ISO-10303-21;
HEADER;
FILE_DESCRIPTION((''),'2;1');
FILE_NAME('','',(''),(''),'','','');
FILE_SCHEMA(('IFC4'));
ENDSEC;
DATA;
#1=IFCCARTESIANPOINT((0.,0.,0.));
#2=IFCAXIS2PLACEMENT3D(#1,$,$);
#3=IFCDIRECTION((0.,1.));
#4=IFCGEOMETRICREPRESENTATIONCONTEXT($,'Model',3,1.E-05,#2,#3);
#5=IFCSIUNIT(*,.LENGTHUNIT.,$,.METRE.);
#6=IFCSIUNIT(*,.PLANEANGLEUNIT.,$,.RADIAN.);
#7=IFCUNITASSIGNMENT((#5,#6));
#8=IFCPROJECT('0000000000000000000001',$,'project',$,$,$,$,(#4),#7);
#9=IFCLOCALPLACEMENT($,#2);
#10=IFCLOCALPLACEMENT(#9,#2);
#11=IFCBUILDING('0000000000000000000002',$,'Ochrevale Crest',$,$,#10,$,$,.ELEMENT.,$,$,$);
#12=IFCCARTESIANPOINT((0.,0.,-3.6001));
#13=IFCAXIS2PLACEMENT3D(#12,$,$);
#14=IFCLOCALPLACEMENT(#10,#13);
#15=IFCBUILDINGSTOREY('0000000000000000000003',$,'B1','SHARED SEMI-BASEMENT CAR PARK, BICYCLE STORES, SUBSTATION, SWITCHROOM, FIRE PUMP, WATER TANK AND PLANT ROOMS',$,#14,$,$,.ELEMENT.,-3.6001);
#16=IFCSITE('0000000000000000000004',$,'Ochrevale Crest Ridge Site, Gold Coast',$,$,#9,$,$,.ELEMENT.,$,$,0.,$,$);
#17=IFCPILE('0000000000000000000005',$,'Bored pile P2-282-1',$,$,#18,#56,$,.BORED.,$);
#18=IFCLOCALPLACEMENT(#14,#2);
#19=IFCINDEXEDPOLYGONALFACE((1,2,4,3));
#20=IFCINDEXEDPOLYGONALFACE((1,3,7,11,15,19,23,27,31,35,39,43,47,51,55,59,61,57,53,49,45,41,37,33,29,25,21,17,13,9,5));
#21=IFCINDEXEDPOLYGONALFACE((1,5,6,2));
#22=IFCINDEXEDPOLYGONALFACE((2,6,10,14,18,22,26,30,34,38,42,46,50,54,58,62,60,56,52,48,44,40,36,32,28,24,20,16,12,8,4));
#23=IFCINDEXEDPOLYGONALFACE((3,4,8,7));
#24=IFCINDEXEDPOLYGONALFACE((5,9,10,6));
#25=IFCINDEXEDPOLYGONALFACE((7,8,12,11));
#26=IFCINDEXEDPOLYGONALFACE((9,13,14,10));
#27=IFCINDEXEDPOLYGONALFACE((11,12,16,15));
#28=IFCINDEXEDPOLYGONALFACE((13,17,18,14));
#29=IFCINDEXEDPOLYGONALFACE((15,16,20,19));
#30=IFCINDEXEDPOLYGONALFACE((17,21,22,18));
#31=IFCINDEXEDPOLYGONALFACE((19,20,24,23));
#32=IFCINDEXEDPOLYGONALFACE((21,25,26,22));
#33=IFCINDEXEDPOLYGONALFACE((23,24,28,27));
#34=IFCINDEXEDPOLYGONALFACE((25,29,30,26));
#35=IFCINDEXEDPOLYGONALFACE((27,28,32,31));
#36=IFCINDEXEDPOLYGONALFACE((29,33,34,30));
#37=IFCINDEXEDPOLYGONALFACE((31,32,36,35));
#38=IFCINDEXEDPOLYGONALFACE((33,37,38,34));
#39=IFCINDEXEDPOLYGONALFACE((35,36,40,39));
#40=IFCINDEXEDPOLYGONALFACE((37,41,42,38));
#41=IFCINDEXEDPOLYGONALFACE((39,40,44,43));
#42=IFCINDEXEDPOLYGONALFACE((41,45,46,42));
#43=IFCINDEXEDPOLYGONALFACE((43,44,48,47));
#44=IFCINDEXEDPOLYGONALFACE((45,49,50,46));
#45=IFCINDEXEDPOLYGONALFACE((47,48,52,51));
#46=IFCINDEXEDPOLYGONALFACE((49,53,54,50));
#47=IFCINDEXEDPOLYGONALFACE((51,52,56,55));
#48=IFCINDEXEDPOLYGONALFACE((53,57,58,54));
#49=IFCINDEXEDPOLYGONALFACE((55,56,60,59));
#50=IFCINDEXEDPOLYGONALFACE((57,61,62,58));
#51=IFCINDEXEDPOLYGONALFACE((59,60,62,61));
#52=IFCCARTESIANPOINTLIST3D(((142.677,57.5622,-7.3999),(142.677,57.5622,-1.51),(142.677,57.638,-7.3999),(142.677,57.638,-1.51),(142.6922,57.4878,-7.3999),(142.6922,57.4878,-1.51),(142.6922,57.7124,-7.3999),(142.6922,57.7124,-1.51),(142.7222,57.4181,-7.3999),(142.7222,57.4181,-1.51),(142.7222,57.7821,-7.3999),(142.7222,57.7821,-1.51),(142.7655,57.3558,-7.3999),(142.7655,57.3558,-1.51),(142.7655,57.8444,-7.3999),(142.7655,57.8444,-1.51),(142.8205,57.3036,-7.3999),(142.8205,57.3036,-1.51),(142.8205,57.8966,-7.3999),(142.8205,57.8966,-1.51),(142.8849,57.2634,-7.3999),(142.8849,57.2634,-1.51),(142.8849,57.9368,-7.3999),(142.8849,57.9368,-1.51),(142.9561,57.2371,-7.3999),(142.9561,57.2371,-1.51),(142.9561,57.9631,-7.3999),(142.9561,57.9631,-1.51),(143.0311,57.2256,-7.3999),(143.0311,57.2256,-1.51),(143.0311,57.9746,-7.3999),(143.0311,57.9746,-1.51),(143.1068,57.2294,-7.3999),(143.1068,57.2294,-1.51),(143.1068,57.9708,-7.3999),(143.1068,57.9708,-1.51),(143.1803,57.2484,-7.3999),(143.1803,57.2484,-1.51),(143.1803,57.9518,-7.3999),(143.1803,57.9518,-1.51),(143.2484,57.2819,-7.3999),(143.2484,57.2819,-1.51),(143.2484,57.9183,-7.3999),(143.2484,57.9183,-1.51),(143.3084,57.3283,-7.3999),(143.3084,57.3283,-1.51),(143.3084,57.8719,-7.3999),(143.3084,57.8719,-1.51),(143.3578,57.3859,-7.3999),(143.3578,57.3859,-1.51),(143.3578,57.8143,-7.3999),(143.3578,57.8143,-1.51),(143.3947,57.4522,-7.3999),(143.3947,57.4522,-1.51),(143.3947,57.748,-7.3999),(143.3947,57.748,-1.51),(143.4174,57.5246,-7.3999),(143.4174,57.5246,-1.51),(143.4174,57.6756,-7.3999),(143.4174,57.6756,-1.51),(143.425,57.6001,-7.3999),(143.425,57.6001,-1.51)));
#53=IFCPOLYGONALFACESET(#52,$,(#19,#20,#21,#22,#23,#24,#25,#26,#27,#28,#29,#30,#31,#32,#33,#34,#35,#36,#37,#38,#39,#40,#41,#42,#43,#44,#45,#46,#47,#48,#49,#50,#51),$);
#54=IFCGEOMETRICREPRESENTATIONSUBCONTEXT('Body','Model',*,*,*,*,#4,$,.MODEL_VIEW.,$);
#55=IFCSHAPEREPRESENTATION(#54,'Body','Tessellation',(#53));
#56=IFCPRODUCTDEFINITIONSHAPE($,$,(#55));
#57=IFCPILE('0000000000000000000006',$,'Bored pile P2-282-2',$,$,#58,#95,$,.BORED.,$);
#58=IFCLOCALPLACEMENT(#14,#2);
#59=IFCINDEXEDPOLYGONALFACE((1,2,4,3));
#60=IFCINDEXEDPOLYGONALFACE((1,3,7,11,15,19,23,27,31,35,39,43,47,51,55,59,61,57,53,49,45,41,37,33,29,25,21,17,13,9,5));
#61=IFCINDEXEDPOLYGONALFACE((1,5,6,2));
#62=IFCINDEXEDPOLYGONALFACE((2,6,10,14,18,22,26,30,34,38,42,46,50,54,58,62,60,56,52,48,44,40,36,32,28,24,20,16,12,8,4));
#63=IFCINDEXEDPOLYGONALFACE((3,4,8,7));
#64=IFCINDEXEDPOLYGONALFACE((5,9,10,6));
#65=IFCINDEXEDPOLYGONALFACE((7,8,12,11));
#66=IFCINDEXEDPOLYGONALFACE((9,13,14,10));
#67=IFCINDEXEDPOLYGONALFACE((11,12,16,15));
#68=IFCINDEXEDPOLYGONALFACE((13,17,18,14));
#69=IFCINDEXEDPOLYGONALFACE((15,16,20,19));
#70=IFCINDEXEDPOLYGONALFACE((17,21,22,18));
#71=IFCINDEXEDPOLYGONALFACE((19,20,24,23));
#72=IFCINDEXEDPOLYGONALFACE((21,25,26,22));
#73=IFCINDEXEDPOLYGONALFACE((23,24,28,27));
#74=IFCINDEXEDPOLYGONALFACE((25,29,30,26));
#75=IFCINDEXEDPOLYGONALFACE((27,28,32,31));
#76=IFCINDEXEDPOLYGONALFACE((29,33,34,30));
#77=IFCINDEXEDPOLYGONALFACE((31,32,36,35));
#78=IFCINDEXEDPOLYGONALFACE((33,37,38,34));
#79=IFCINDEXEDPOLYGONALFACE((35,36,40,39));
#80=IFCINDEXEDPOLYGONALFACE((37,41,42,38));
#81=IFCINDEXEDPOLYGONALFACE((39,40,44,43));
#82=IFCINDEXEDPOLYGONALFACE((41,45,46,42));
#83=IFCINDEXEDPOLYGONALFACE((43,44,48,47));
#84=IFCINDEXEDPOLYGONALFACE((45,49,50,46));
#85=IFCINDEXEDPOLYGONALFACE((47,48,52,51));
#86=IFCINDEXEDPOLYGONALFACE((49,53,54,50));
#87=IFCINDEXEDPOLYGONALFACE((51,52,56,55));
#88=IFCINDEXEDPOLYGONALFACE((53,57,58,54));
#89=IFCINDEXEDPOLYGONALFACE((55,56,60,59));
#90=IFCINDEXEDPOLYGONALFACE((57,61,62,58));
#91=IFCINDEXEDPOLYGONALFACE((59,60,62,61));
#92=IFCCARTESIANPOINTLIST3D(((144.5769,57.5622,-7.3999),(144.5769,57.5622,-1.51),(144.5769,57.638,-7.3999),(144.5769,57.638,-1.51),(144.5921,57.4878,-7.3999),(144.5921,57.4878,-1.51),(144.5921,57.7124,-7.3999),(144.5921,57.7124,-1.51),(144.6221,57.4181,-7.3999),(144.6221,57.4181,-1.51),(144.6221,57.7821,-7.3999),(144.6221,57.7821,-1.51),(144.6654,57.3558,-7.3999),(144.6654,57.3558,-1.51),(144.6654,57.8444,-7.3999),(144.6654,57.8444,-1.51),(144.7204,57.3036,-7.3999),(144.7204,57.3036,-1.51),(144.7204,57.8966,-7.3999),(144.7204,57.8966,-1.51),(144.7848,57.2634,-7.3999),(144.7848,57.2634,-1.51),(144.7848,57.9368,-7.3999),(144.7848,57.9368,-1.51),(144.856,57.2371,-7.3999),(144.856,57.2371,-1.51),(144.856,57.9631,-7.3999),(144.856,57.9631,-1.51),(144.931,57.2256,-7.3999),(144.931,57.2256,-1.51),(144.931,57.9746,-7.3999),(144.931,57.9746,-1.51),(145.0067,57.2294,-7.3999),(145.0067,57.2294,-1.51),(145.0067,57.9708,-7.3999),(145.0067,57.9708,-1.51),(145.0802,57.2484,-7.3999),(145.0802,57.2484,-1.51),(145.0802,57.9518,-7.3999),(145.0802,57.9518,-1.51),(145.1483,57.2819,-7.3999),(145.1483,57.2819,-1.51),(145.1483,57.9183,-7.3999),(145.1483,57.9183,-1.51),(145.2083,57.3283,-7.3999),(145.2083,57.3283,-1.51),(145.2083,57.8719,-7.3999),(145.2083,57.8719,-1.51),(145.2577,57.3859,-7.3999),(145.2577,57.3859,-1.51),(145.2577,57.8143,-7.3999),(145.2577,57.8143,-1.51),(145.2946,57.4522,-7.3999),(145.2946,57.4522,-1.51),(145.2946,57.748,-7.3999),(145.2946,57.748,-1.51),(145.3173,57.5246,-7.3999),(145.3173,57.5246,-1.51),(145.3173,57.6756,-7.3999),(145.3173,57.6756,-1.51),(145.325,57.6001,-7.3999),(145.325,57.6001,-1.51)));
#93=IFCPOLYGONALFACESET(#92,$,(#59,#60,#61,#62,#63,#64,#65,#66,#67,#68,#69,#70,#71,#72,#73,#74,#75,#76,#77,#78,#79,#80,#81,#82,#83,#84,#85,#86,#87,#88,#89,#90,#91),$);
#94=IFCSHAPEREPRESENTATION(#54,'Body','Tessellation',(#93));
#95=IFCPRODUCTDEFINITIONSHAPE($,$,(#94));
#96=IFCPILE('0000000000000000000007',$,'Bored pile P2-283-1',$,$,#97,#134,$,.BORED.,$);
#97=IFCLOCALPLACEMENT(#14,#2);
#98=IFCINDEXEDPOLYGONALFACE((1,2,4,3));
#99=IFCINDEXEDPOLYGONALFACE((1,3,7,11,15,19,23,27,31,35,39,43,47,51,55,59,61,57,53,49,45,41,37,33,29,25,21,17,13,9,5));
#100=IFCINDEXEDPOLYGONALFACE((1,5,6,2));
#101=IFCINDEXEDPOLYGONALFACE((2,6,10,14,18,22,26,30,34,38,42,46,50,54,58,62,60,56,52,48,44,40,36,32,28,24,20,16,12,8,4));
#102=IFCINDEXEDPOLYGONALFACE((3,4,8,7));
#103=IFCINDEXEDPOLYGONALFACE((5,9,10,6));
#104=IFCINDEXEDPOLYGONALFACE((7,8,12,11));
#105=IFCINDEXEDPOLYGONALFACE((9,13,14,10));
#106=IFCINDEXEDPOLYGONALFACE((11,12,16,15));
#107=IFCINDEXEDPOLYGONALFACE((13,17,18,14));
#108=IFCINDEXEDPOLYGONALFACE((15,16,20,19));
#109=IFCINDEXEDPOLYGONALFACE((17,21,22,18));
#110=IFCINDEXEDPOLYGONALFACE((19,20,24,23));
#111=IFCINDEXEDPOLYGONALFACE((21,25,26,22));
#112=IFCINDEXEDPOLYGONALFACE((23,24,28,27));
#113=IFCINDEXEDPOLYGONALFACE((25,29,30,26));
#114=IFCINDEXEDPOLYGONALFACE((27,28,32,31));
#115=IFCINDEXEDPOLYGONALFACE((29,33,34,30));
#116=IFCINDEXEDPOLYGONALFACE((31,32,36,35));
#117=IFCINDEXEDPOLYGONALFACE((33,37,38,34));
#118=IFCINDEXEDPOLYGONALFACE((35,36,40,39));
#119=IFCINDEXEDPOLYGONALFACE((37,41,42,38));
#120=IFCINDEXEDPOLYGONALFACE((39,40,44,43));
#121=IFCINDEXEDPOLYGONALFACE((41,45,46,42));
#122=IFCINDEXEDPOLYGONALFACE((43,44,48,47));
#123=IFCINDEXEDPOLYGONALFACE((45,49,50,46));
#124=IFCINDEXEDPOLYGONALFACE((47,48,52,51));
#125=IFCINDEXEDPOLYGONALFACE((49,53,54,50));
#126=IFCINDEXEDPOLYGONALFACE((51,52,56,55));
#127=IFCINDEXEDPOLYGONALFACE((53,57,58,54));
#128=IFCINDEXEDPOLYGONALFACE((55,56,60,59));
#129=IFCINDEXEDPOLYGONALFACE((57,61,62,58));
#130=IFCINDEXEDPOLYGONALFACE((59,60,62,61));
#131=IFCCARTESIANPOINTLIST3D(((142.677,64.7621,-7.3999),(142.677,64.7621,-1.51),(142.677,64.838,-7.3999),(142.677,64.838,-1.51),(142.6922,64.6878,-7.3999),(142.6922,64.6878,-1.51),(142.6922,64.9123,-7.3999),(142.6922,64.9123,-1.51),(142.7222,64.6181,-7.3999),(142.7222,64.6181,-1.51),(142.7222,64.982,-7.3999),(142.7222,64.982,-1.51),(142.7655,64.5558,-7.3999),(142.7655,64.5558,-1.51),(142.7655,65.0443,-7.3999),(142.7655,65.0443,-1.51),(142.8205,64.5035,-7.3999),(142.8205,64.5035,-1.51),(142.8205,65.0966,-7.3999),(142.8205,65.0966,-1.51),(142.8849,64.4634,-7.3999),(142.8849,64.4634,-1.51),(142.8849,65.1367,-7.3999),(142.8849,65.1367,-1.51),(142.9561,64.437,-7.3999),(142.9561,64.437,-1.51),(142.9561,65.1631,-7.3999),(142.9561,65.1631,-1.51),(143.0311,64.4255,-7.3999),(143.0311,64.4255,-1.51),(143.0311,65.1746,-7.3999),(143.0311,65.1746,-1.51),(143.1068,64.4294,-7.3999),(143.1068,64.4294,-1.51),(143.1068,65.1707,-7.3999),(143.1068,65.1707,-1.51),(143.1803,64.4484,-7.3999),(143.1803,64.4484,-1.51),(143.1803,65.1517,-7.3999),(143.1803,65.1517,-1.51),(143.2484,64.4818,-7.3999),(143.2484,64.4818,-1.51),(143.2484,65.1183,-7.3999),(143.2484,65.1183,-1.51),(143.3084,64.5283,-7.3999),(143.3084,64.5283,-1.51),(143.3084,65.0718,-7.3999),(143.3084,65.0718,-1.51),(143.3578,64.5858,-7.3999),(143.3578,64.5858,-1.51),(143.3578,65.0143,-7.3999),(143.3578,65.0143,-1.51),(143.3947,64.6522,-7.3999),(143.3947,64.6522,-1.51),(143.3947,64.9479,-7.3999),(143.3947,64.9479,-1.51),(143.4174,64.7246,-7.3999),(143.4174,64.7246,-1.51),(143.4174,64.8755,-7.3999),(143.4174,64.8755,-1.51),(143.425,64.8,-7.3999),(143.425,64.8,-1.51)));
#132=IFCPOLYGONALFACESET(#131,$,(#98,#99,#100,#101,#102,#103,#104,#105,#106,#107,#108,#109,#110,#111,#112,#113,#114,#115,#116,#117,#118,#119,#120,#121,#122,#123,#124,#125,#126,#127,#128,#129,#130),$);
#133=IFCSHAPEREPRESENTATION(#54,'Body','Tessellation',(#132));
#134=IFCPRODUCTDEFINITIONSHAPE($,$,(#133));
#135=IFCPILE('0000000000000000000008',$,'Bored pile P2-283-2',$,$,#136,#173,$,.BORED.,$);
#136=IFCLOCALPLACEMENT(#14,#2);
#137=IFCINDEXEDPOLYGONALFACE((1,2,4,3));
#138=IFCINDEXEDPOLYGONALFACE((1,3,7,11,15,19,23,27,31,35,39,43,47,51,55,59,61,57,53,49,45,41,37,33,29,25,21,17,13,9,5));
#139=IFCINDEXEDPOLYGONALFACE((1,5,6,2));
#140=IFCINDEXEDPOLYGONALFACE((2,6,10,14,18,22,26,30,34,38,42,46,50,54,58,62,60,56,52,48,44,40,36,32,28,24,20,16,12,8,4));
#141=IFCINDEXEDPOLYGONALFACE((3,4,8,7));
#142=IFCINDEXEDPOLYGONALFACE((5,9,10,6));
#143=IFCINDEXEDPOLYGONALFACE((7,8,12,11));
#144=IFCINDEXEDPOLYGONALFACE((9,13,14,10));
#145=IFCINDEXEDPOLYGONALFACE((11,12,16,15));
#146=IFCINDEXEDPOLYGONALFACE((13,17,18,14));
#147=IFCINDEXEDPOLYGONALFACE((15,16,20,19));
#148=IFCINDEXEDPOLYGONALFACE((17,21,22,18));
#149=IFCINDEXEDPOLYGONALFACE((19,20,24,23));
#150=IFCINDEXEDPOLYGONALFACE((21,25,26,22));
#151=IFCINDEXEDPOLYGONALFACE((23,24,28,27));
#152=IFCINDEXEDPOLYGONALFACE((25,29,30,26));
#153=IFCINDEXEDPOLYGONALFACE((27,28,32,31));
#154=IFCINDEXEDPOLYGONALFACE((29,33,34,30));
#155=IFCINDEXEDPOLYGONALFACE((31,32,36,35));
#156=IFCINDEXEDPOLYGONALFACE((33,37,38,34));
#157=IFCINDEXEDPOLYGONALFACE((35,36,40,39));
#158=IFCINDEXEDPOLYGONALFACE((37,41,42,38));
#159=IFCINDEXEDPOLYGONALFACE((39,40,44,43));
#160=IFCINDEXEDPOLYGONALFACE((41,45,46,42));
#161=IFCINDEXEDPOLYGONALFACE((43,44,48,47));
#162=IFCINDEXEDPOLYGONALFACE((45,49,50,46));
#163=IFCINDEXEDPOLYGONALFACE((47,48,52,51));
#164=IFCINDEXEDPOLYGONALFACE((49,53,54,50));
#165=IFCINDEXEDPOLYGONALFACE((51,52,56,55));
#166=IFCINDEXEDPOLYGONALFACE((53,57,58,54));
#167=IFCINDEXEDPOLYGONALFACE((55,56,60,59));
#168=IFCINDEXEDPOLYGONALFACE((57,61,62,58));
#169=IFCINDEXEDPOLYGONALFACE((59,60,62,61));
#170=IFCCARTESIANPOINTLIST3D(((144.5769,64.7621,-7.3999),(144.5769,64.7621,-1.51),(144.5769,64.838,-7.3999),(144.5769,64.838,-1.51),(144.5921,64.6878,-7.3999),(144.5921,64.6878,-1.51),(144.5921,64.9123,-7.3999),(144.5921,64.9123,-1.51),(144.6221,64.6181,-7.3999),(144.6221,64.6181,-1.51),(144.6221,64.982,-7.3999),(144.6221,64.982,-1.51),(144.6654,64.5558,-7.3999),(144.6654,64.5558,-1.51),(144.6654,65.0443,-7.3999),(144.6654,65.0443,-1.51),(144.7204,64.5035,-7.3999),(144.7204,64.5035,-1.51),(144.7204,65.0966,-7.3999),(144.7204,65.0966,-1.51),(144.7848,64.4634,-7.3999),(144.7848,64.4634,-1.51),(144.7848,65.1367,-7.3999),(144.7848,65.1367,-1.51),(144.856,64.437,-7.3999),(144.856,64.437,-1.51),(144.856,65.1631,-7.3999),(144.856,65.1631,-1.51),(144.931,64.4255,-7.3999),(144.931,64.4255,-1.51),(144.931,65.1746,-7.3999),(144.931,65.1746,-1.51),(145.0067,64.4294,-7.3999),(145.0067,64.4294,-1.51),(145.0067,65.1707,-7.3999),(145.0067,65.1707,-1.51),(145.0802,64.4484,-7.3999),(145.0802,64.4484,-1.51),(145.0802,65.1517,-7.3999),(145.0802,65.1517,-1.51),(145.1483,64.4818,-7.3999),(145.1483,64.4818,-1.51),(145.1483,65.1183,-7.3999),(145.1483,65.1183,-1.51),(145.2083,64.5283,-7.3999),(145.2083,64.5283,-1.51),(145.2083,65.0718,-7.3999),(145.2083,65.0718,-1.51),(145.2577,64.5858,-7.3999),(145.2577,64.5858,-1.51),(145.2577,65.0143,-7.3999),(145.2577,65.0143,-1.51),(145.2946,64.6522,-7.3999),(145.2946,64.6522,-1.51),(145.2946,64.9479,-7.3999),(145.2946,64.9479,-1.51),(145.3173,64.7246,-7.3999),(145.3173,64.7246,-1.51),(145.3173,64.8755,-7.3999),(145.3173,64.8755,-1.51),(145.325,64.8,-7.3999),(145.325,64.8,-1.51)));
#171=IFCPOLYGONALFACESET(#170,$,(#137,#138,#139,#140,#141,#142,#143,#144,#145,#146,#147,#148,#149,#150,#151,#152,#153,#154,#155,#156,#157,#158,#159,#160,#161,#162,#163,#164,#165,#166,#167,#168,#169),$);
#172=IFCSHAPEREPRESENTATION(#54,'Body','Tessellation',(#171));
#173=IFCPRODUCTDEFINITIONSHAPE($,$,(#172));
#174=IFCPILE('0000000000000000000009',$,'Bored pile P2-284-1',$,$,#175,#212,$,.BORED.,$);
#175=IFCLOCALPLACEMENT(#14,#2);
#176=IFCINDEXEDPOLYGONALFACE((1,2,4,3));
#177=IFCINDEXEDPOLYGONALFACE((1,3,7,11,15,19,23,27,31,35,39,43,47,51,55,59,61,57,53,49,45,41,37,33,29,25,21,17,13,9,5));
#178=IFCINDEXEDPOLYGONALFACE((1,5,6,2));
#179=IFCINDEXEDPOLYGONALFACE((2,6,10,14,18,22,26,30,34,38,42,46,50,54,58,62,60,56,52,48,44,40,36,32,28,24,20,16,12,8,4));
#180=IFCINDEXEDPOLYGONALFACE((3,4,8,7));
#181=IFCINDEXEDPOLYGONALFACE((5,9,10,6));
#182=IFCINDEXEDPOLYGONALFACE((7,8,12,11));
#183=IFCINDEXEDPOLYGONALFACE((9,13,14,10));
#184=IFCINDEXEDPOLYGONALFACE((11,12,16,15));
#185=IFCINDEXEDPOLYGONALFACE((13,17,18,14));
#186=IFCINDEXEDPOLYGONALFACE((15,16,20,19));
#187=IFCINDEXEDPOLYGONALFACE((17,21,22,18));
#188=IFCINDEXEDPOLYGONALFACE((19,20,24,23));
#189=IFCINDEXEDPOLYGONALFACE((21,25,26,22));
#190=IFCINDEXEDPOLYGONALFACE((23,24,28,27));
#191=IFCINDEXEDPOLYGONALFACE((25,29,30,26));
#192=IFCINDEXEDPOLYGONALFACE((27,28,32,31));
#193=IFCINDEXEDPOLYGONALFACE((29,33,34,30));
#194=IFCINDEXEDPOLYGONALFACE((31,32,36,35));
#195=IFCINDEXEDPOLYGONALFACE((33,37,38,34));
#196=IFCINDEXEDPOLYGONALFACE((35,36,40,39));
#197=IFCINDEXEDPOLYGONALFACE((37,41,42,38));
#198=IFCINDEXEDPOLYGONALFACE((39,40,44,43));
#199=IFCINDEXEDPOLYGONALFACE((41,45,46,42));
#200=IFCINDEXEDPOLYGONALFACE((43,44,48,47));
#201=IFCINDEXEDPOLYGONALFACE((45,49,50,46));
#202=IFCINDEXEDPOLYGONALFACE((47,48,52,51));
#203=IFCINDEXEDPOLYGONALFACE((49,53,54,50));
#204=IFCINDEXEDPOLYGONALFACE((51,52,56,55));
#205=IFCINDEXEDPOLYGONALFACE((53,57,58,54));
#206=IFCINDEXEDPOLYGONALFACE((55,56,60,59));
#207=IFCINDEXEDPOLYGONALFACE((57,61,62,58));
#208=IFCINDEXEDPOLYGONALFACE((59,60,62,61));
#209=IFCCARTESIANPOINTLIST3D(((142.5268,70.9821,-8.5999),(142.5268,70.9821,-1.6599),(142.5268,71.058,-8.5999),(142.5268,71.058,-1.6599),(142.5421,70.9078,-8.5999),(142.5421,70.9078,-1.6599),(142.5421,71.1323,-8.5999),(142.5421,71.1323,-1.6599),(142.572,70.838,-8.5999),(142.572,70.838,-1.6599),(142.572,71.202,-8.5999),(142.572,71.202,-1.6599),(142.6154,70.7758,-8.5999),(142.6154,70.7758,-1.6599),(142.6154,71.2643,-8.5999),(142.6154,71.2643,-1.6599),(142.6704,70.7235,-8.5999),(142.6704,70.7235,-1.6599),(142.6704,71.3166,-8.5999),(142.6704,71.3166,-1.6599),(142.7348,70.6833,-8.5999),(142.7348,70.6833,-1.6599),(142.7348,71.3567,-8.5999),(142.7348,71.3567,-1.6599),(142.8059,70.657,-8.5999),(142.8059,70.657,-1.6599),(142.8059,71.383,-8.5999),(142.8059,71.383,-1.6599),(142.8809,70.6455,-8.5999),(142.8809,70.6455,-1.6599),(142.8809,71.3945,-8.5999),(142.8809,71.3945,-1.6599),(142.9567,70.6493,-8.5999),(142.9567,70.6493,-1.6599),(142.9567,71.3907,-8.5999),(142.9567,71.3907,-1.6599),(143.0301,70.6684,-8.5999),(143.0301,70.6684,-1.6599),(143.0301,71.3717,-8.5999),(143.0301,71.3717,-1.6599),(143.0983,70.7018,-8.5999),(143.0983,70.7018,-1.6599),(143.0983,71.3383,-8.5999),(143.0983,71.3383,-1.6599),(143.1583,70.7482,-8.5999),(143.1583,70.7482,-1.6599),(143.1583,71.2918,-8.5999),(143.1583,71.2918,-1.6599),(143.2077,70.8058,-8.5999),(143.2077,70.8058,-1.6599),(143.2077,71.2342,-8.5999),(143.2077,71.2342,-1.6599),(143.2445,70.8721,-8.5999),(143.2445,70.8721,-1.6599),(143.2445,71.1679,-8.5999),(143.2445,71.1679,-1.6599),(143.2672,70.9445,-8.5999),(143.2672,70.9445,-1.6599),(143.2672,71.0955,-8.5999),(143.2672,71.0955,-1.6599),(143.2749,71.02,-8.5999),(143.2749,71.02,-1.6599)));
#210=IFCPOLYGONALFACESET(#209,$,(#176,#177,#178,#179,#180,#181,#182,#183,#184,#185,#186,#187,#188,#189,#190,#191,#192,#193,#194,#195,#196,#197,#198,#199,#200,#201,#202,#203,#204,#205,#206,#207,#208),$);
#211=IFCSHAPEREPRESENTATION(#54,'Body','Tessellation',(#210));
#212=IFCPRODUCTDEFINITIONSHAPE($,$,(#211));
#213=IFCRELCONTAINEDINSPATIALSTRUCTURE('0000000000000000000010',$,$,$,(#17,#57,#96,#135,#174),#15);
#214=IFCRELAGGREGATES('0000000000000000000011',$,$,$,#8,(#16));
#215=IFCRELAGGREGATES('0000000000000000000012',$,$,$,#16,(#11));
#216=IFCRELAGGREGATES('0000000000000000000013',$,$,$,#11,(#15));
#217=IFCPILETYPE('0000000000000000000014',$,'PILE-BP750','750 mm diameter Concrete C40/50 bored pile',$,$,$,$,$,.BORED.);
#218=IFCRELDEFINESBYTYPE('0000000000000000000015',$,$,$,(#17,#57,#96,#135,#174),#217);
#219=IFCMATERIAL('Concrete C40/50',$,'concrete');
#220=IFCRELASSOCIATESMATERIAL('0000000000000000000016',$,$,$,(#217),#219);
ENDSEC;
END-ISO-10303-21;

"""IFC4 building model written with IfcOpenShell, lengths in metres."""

from ifc_helpers import new_model, si_unit, direction, frame, origin, origin_2d, place, context, subcontext, project, spatial, circle, extrude, material, material_profile, profile_set, type_object, element, save


model = new_model("IFC4")

# Units and contexts
model_context = context("Model", 3, precision=1e-05, world=origin(), true_north=direction((0.0, 1.0)))
body_context = subcontext(model_context, "Body", "Model", "MODEL_VIEW")
ifc_project = project(units=[si_unit("LENGTHUNIT", "METRE"), si_unit("PLANEANGLEUNIT", "RADIAN")], contexts=[model_context])

# Site, building, storey
site_placement = place(None, origin())
site = spatial("IfcSite", under=ifc_project, at=site_placement, Name="Ochrevale Crest Ridge Site, Gold Coast", CompositionType="ELEMENT", RefElevation=0.0)
building_placement = place(site_placement, origin())
building = spatial("IfcBuilding", under=site, at=building_placement, Name="Ochrevale Crest", CompositionType="ELEMENT")
storey_placement = place(building_placement, frame((0.0, 0.0, -3.6001)))
storey = spatial("IfcBuildingStorey", under=building, at=storey_placement, Name="B1", Description="SHARED SEMI-BASEMENT CAR PARK, BICYCLE STORES, SUBSTATION, SWITCHROOM, FIRE PUMP, WATER TANK AND PLANT ROOMS", CompositionType="ELEMENT", Elevation=-3.6001)

# Shared definitions
ifc_material_1 = material(Name="Concrete C40/50", Category="concrete")

# Piles
ifc_material_profile_1 = material_profile(ifc_material_1, circle(Radius=0.375, at=origin_2d()), Name="BORED PILE 750")
ifc_profile_set_1 = profile_set([ifc_material_profile_1], Name="Concrete C40/50")
pile_type = type_object("IfcPileType", Name="PILE-BP750", Description="750 mm diameter Concrete C40/50 bored pile", PredefinedType="BORED", material=ifc_profile_set_1)
for number, where, z_axis, x_axis, name in (
    (1, (143.05, 57.6001, -1.51), (0.0, 0.0, -1.0), (1.0, 0.0, 0.0), "Bored pile P2-282-1"),
    (2, (144.95, 57.6001, -1.51), (0.0, 0.0, -1.0), (1.0, 0.0, 0.0), "Bored pile P2-282-2"),
    (3, (143.05, 64.8, -1.51), (0.0, 0.0, -1.0), (1.0, 0.0, 0.0), "Bored pile P2-283-1"),
    (4, (144.95, 64.8, -1.51), (0.0, 0.0, -1.0), (1.0, 0.0, 0.0), "Bored pile P2-283-2"),
):
    element("IfcPile", number, at=place(storey_placement, frame(where, z_axis=z_axis, x_axis=x_axis)), inside=storey, type_object=pile_type, Name=name, PredefinedType="BORED", context=body_context, shape_type="SweptSolid", body=[
        extrude(circle(Radius=0.375, at=origin_2d()), origin(), (0.0, 0.0, 1.0), 5.8899),
    ])
pile_1_placement = place(storey_placement, frame((142.8999, 71.02, -1.6599), z_axis=(0.0, 0.0, -1.0), x_axis=(1.0, 0.0, 0.0)))
element("IfcPile", 5, at=pile_1_placement, inside=storey, type_object=pile_type, Name="Bored pile P2-284-1", PredefinedType="BORED", context=body_context, shape_type="SweptSolid", body=[
    extrude(circle(Radius=0.375, at=origin_2d()), origin(), (0.0, 0.0, 1.0), 6.9399),
])

save(model, "model.ifc")
